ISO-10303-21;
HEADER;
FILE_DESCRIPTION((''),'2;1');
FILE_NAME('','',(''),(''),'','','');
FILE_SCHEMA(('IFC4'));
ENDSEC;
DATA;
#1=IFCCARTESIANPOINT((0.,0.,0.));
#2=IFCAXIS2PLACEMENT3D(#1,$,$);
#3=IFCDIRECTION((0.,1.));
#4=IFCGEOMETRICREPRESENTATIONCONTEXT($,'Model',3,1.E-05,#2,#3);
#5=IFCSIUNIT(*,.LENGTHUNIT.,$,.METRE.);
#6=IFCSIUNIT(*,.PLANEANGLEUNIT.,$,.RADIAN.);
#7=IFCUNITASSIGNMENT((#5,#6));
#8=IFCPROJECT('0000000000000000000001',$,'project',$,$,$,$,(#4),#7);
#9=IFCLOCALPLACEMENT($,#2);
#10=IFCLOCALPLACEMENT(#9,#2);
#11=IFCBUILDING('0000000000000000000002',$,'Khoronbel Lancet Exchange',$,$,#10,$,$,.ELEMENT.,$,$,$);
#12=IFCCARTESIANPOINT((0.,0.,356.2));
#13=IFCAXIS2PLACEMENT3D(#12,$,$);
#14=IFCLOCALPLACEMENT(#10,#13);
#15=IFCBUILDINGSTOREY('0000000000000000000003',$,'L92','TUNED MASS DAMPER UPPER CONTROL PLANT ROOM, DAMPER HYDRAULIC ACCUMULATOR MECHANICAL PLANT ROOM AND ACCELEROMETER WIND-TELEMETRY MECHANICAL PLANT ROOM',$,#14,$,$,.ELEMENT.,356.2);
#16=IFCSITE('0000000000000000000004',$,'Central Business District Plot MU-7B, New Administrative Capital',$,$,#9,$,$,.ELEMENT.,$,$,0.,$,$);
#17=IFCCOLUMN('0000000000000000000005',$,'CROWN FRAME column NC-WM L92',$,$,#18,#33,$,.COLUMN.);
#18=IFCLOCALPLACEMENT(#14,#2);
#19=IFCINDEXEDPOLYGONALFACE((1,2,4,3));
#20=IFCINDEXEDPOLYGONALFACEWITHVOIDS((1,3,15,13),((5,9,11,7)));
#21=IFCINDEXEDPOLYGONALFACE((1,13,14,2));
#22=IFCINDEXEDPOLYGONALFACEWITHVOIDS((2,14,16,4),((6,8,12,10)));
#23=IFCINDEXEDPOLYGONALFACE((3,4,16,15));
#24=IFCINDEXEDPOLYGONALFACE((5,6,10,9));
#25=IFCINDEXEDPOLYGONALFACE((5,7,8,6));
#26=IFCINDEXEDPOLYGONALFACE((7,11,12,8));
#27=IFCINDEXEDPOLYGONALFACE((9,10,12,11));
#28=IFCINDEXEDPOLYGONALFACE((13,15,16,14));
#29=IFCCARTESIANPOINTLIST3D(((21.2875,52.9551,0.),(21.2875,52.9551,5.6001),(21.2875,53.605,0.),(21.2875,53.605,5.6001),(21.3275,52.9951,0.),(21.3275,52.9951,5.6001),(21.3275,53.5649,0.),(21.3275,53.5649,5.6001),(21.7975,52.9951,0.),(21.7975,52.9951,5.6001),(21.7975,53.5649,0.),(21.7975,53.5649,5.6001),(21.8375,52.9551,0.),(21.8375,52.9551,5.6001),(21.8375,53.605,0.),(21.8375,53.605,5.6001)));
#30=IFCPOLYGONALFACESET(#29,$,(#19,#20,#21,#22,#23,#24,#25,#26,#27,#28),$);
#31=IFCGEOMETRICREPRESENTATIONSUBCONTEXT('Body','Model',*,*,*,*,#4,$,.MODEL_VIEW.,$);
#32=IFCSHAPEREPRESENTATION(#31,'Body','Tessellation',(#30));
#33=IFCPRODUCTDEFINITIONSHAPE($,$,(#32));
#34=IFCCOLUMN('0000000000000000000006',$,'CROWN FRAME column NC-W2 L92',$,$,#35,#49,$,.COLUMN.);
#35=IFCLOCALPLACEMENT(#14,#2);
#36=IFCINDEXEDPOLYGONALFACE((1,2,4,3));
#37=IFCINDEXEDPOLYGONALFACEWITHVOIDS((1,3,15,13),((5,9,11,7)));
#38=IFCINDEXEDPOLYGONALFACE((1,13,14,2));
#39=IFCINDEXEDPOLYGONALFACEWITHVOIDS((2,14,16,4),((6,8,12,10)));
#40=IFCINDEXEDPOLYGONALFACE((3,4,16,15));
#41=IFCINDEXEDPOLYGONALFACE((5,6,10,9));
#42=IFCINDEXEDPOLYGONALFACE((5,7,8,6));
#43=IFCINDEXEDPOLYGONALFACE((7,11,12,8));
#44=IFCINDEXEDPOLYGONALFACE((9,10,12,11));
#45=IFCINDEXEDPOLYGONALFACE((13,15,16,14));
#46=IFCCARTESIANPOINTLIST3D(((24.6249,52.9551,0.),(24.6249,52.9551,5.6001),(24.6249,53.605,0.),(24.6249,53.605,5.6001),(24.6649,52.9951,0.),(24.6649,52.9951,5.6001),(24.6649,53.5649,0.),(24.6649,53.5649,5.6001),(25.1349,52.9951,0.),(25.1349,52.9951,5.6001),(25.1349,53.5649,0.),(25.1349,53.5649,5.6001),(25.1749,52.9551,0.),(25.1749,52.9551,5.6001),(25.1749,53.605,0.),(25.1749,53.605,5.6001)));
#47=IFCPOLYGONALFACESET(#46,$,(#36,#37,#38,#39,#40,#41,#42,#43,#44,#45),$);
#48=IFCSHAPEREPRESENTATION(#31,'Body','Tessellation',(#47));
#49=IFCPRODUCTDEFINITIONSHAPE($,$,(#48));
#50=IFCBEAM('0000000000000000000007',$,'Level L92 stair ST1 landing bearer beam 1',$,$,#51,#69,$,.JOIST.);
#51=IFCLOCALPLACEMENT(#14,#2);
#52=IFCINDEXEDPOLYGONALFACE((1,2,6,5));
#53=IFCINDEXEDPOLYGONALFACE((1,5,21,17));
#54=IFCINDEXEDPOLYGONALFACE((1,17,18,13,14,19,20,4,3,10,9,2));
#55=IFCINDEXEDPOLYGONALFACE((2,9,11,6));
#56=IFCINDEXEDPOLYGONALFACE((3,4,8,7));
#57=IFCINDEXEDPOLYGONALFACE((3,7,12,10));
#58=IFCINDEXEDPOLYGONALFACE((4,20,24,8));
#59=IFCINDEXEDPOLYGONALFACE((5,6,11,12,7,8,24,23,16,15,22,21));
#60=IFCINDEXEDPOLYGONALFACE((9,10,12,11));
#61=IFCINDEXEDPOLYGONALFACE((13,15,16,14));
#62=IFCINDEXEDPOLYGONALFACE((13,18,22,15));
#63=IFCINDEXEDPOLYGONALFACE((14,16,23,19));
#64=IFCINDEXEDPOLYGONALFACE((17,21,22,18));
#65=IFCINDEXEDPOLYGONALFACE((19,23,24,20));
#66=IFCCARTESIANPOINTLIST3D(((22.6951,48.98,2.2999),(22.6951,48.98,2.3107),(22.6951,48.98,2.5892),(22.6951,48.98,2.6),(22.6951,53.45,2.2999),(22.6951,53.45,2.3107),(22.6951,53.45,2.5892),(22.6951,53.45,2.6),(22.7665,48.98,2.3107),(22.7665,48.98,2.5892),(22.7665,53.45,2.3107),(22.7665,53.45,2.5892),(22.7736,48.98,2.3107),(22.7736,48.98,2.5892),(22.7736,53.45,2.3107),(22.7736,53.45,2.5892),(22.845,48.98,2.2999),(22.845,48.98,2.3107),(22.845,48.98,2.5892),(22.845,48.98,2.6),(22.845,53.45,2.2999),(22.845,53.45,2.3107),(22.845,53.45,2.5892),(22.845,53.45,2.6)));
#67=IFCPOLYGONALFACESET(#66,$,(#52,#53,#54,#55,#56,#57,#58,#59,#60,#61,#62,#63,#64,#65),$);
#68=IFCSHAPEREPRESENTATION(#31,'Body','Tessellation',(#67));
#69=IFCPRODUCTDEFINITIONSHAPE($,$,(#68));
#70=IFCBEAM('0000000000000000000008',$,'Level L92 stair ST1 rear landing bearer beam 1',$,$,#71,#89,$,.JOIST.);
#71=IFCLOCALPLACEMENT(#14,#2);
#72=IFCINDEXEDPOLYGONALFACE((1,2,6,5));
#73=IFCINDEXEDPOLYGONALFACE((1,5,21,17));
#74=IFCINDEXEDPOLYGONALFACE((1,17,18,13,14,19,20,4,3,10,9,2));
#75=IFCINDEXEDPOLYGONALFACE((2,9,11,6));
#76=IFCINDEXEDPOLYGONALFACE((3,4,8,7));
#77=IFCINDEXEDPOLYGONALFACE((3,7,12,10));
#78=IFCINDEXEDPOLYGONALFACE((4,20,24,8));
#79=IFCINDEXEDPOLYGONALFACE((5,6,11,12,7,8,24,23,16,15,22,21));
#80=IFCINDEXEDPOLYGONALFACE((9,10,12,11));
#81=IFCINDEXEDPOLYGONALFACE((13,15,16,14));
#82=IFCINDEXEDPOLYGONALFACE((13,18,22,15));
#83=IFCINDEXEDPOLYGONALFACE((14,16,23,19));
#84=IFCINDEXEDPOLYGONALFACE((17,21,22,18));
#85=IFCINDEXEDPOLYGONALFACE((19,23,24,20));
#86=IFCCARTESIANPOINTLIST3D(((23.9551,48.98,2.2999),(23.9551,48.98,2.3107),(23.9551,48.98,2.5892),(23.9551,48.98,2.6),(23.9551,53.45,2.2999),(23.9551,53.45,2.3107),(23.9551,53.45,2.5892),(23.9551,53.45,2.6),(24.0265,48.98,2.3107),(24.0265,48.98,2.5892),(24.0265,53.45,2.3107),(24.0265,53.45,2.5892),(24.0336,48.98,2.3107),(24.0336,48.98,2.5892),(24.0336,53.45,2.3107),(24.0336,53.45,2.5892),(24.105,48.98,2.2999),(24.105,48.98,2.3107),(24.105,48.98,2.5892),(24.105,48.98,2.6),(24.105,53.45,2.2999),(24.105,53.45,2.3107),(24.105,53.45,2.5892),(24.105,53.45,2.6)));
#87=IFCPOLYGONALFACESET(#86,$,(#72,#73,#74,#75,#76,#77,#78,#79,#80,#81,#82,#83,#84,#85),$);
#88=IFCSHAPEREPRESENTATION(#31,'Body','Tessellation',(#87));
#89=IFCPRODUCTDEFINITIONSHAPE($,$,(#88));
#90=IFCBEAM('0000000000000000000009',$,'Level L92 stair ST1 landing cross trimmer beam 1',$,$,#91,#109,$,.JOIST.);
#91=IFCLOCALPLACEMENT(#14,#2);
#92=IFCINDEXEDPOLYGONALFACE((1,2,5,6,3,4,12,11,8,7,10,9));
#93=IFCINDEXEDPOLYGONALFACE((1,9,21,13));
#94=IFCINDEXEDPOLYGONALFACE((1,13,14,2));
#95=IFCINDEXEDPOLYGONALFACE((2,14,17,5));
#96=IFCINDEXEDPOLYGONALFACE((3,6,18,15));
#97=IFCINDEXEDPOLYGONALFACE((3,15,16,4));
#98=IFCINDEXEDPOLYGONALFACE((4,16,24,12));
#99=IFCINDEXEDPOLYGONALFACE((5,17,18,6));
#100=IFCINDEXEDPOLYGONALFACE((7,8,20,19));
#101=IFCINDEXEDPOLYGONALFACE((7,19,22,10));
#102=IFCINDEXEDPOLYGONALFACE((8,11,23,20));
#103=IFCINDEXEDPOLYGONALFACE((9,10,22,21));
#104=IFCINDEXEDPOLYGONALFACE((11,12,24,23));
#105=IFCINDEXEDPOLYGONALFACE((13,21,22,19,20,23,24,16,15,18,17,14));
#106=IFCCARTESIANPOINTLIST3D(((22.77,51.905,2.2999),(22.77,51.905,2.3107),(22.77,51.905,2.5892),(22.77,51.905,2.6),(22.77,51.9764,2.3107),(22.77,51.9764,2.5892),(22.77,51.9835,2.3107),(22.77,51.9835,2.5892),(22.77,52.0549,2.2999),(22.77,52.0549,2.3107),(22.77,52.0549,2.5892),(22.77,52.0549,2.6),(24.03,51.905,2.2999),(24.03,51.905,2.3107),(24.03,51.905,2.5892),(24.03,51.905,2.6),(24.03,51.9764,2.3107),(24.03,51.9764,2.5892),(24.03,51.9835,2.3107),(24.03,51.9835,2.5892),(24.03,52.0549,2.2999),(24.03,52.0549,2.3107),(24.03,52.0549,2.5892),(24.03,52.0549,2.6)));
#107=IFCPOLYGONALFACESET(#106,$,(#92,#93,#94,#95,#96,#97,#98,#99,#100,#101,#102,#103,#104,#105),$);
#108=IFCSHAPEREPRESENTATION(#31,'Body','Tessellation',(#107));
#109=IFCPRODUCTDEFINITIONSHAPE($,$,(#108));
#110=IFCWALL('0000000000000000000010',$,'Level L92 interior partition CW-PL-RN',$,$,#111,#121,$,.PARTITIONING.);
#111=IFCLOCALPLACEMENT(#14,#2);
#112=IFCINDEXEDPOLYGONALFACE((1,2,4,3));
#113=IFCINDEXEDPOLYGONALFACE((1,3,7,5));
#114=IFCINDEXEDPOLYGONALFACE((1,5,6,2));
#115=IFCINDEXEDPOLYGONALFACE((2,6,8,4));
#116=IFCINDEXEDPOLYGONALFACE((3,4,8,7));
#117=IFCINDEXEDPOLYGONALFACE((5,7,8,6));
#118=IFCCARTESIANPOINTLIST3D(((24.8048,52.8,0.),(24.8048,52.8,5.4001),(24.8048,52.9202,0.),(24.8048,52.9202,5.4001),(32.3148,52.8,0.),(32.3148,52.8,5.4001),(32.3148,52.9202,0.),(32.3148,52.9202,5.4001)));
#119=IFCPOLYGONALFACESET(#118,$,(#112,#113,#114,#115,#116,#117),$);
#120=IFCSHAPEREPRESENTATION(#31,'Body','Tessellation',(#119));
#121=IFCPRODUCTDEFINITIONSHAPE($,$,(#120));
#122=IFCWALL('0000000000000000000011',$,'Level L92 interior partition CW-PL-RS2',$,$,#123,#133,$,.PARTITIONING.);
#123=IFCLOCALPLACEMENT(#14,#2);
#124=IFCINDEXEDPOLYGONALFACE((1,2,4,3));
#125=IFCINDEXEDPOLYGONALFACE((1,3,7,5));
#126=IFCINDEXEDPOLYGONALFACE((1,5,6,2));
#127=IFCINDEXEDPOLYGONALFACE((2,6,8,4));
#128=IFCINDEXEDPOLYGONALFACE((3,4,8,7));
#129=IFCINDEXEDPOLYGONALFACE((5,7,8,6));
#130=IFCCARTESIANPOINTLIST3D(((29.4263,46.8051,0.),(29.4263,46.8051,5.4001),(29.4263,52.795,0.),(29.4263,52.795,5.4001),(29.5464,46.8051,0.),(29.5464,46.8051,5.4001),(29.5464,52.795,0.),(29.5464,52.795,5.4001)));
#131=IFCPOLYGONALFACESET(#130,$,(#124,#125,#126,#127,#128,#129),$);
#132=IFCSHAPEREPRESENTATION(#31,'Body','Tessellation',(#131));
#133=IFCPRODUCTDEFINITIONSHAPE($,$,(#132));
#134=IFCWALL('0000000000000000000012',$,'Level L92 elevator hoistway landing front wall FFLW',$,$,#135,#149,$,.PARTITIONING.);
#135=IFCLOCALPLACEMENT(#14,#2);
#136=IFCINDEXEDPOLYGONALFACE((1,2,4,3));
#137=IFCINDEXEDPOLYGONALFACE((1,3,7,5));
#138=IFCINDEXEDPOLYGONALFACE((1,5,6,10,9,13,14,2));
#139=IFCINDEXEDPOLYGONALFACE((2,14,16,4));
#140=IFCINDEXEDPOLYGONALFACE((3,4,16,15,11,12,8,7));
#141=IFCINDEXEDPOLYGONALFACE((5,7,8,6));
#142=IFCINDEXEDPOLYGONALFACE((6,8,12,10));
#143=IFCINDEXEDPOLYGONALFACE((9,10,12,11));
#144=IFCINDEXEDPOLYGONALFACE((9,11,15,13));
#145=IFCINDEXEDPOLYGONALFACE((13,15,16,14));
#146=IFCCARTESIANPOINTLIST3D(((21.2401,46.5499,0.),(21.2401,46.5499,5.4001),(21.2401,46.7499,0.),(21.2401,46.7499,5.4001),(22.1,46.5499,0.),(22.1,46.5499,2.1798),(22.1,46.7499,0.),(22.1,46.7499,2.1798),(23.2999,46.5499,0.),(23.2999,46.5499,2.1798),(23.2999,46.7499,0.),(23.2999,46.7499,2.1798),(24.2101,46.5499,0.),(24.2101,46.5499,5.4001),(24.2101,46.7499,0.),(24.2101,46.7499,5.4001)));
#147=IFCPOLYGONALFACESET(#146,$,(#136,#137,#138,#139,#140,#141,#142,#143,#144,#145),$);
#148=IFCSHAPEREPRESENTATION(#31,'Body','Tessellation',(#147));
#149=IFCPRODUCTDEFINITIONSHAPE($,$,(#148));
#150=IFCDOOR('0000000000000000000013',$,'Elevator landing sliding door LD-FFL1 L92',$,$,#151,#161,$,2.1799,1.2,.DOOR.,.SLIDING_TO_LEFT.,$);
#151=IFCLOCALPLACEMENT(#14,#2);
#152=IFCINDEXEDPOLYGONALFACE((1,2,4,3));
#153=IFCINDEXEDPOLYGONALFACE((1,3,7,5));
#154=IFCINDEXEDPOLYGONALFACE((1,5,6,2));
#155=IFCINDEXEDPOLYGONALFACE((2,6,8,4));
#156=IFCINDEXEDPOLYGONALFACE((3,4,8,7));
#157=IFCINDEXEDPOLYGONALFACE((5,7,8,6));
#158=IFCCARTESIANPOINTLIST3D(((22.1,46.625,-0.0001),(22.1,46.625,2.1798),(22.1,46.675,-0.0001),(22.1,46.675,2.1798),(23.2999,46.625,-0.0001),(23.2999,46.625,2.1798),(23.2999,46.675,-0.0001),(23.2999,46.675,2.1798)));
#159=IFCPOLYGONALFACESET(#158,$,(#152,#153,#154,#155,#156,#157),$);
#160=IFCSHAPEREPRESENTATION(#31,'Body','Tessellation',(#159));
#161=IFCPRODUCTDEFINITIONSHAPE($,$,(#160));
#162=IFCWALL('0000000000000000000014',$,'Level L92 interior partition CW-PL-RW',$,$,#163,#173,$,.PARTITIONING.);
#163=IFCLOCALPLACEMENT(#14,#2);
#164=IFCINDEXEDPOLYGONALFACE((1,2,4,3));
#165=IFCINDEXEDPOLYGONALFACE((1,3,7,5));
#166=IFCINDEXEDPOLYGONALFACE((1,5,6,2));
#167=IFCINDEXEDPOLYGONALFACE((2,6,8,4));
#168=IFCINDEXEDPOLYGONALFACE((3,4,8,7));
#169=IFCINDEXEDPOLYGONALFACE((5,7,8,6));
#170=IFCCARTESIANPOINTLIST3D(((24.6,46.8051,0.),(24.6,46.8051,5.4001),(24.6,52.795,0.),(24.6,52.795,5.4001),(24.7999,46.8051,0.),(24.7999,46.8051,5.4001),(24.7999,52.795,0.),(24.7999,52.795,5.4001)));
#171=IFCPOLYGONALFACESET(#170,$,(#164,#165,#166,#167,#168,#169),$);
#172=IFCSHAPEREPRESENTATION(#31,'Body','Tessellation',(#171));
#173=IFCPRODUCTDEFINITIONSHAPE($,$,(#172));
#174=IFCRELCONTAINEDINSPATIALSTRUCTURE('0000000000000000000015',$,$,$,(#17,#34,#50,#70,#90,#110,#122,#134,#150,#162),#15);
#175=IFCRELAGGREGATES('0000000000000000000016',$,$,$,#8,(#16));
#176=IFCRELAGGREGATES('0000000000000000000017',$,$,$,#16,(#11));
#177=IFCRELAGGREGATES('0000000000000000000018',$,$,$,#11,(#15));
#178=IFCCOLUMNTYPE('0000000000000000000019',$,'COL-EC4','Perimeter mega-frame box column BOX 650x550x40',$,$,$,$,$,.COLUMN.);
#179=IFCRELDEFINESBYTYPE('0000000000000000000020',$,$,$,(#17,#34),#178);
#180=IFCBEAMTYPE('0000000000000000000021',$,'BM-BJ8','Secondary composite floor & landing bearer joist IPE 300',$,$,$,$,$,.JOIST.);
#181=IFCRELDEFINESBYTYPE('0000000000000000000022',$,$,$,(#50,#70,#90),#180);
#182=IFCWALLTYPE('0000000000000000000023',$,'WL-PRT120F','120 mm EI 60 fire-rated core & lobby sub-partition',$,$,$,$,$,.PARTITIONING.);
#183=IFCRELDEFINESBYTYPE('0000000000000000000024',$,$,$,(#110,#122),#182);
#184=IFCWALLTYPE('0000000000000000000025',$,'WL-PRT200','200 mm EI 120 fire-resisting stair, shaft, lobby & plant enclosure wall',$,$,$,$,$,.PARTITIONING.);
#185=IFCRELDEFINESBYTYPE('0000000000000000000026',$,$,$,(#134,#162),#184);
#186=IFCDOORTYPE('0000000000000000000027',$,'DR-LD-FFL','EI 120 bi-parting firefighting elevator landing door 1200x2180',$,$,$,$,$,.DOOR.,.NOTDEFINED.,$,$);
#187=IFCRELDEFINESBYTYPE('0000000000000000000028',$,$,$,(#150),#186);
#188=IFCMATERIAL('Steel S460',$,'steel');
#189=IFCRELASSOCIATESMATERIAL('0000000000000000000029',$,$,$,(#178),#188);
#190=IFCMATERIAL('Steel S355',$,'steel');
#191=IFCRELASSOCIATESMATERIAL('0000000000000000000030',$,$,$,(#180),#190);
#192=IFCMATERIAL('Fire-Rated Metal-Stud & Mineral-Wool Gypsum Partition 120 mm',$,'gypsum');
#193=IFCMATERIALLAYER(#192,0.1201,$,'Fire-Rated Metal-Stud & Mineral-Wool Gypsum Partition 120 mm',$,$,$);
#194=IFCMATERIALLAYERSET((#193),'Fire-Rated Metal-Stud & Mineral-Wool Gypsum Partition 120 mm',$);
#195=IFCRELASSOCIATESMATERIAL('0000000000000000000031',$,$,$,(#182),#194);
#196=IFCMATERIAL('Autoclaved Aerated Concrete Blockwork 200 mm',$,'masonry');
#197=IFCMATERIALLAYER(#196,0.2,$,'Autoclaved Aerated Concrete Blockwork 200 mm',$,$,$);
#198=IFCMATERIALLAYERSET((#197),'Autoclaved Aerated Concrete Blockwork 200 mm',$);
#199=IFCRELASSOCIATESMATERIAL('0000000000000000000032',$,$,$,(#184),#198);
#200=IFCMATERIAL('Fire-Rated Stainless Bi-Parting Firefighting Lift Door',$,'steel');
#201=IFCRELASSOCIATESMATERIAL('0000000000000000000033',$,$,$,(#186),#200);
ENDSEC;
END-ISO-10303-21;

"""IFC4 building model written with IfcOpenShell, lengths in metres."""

from ifc_helpers import new_model, si_unit, direction, frame, frame_2d, origin, origin_2d, place, context, subcontext, project, spatial, rectangle, hollow_rectangle, i_section, extrude, material, layer, layer_set, material_profile, profile_set, type_object, element, fill, save


model = new_model("IFC4")

# Units and contexts
model_context = context("Model", 3, precision=1e-05, world=origin(), true_north=direction((0.0, 1.0)))
body_context = subcontext(model_context, "Body", "Model", "MODEL_VIEW")
ifc_project = project(units=[si_unit("LENGTHUNIT", "METRE"), si_unit("PLANEANGLEUNIT", "RADIAN")], contexts=[model_context])

# Site, building, storey
site_placement = place(None, origin())
site = spatial("IfcSite", under=ifc_project, at=site_placement, Name="Central Business District Plot MU-7B, New Administrative Capital", CompositionType="ELEMENT", RefElevation=0.0)
building_placement = place(site_placement, origin())
building = spatial("IfcBuilding", under=site, at=building_placement, Name="Khoronbel Lancet Exchange", CompositionType="ELEMENT")
storey_placement = place(building_placement, frame((0.0, 0.0, 356.2)))
storey = spatial("IfcBuildingStorey", under=building, at=storey_placement, Name="L92", Description="TUNED MASS DAMPER UPPER CONTROL PLANT ROOM, DAMPER HYDRAULIC ACCUMULATOR MECHANICAL PLANT ROOM AND ACCELEROMETER WIND-TELEMETRY MECHANICAL PLANT ROOM", CompositionType="ELEMENT", Elevation=356.2)

# Columns
ifc_material_1 = material(Name="Steel S460", Category="steel")
ifc_material_profile_1 = material_profile(ifc_material_1, hollow_rectangle(XDim=0.55, YDim=0.6499, WallThickness=0.04, at=origin_2d()), Name="BOX 650x550x40")
ifc_profile_set_1 = profile_set([ifc_material_profile_1], Name="Steel S460")
column_type = type_object("IfcColumnType", Name="COL-EC4", Description="Perimeter mega-frame box column BOX 650x550x40", PredefinedType="COLUMN", material=ifc_profile_set_1)
for number, where, z_axis, x_axis, name in (
    (1, (21.5625, 53.28, 0.0), (0.0, 0.0, 1.0), (1.0, 0.0, 0.0), "CROWN FRAME column NC-WM L92"),
    (2, (24.8999, 53.28, 0.0), (0.0, 0.0, 1.0), (1.0, 0.0, 0.0), "CROWN FRAME column NC-W2 L92"),
):
    element("IfcColumn", number, at=place(storey_placement, frame(where, z_axis=z_axis, x_axis=x_axis)), inside=storey, type_object=column_type, Name=name, PredefinedType="COLUMN", context=body_context, shape_type="SweptSolid", body=[
        extrude(hollow_rectangle(XDim=0.55, YDim=0.6499, WallThickness=0.04, at=origin_2d()), origin(), (0.0, 0.0, 1.0), 5.6001),
    ])

# Beams
ifc_material_2 = material(Name="Steel S355", Category="steel")
ifc_material_profile_2 = material_profile(ifc_material_2, i_section(OverallWidth=0.1499, OverallDepth=0.3, WebThickness=0.0071, FlangeThickness=0.0107, at=origin_2d()), Name="IPE 300")
ifc_profile_set_2 = profile_set([ifc_material_profile_2], Name="Steel S355")
beam_type = type_object("IfcBeamType", Name="BM-BJ8", Description="Secondary composite floor & landing bearer joist IPE 300", PredefinedType="JOIST", material=ifc_profile_set_2)
for number, where, z_axis, x_axis, name in (
    (3, (22.77, 48.98, 2.45), (0.0, 1.0, 0.0), (-1.0, 0.0, 0.0), "Level L92 stair ST1 landing bearer beam 1"),
    (4, (24.03, 48.98, 2.45), (0.0, 1.0, 0.0), (-1.0, 0.0, 0.0), "Level L92 stair ST1 rear landing bearer beam 1"),
):
    element("IfcBeam", number, at=place(storey_placement, frame(where, z_axis=z_axis, x_axis=x_axis)), inside=storey, type_object=beam_type, Name=name, PredefinedType="JOIST", context=body_context, shape_type="SweptSolid", body=[
        extrude(i_section(OverallWidth=0.1499, OverallDepth=0.3, WebThickness=0.0071, FlangeThickness=0.0107, at=origin_2d()), origin(), (0.0, 0.0, 1.0), 4.47),
    ])
beam_placement = place(storey_placement, frame((22.77, 51.98, 2.45), z_axis=(1.0, 0.0, 0.0), x_axis=(0.0, 1.0, 0.0)))
element("IfcBeam", 5, at=beam_placement, inside=storey, type_object=beam_type, Name="Level L92 stair ST1 landing cross trimmer beam 1", PredefinedType="JOIST", context=body_context, shape_type="SweptSolid", body=[
    extrude(i_section(OverallWidth=0.1499, OverallDepth=0.3, WebThickness=0.0071, FlangeThickness=0.0107, at=origin_2d()), origin(), (0.0, 0.0, 1.0), 1.26),
])

# Walls
ifc_material_3 = material(Name="Fire-Rated Metal-Stud & Mineral-Wool Gypsum Partition 120 mm", Category="gypsum")
ifc_layer_1 = layer(ifc_material_3, 0.1201, Name="Fire-Rated Metal-Stud & Mineral-Wool Gypsum Partition 120 mm")
ifc_layer_set_1 = layer_set([ifc_layer_1], Name="Fire-Rated Metal-Stud & Mineral-Wool Gypsum Partition 120 mm")
wall_type_1 = type_object("IfcWallType", Name="WL-PRT120F", Description="120 mm EI 60 fire-rated core & lobby sub-partition", PredefinedType="PARTITIONING", material=ifc_layer_set_1)
wall_1_placement = place(storey_placement, frame((24.8049, 52.8601, 0.0), z_axis=(0.0, 0.0, 1.0), x_axis=(1.0, 0.0, 0.0)))
element("IfcWall", 6, at=wall_1_placement, inside=storey, type_object=wall_type_1, Name="Level L92 interior partition CW-PL-RN", PredefinedType="PARTITIONING", context=body_context, shape_type="SweptSolid", body=[
    extrude(rectangle(XDim=7.51, YDim=0.1201, at=frame_2d((3.7549, 0.0))), origin(), (0.0, 0.0, 1.0), 5.4001),
])
wall_2_placement = place(storey_placement, frame((29.4863, 46.8049, 0.0), z_axis=(0.0, 0.0, 1.0), x_axis=(0.0, 1.0, 0.0)))
element("IfcWall", 7, at=wall_2_placement, inside=storey, type_object=wall_type_1, Name="Level L92 interior partition CW-PL-RS2", PredefinedType="PARTITIONING", context=body_context, shape_type="SweptSolid", body=[
    extrude(rectangle(XDim=5.99, YDim=0.1201, at=frame_2d((2.9951, 0.0))), origin(), (0.0, 0.0, 1.0), 5.4001),
])

# Wall, opening, door
ifc_material_4 = material(Name="Autoclaved Aerated Concrete Blockwork 200 mm", Category="masonry")
ifc_layer_2 = layer(ifc_material_4, 0.2, Name="Autoclaved Aerated Concrete Blockwork 200 mm")
ifc_layer_set_2 = layer_set([ifc_layer_2], Name="Autoclaved Aerated Concrete Blockwork 200 mm")
wall_type_2 = type_object("IfcWallType", Name="WL-PRT200", Description="200 mm EI 120 fire-resisting stair, shaft, lobby & plant enclosure wall", PredefinedType="PARTITIONING", material=ifc_layer_set_2)
wall_3_placement = place(storey_placement, frame((24.21, 46.6499, 0.0), z_axis=(0.0, 0.0, 1.0), x_axis=(-1.0, 0.0, 0.0)))
wall_3 = element("IfcWall", 8, at=wall_3_placement, inside=storey, type_object=wall_type_2, Name="Level L92 elevator hoistway landing front wall FFLW", PredefinedType="PARTITIONING", context=body_context, shape_type="SweptSolid", body=[
    extrude(rectangle(XDim=2.97, YDim=0.2, at=frame_2d((1.4849, 0.0))), origin(), (0.0, 0.0, 1.0), 5.4001),
])
opening_1_placement = place(wall_3_placement, frame((0.9099, 0.0, 0.0)))
opening_1 = element("IfcOpeningElement", 9, at=opening_1_placement, cuts=wall_3, PredefinedType="OPENING", context=body_context, shape_type="SweptSolid", body=[
    extrude(rectangle(XDim=1.2, YDim=2.1799, at=frame_2d((0.6001, 1.0898))), frame((0.0, 0.1099, 0.0), z_axis=(0.0, -1.0, 0.0), x_axis=(1.0, 0.0, 0.0)), (0.0, 0.0, 1.0), 0.22),
])
ifc_material_5 = material(Name="Fire-Rated Stainless Bi-Parting Firefighting Lift Door", Category="steel")
door_type_1 = type_object("IfcDoorType", Name="DR-LD-FFL", Description="EI 120 bi-parting firefighting elevator landing door 1200x2180", OperationType="NOTDEFINED", PredefinedType="DOOR", material=ifc_material_5)
door_1_placement = place(opening_1_placement, origin())
door_1 = element("IfcDoor", 10, at=door_1_placement, inside=storey, type_object=door_type_1, Name="Elevator landing sliding door LD-FFL1 L92", OperationType="SLIDING_TO_LEFT", OverallHeight=2.1799, OverallWidth=1.2, PredefinedType="DOOR", context=body_context, shape_type="SweptSolid", body=[
    extrude(rectangle(XDim=1.2, YDim=2.1799, at=frame_2d((0.6001, 1.0898))), frame((0.0, 0.0249, 0.0), z_axis=(0.0, -1.0, 0.0), x_axis=(1.0, 0.0, 0.0)), (0.0, 0.0, 1.0), 0.05),
])
fill(opening_1, door_1)

# Wall
wall_4_placement = place(storey_placement, frame((24.7, 46.8049, 0.0), z_axis=(0.0, 0.0, 1.0), x_axis=(0.0, 1.0, 0.0)))
element("IfcWall", 11, at=wall_4_placement, inside=storey, type_object=wall_type_2, Name="Level L92 interior partition CW-PL-RW", PredefinedType="PARTITIONING", context=body_context, shape_type="SweptSolid", body=[
    extrude(rectangle(XDim=5.99, YDim=0.2, at=frame_2d((2.9951, 0.0))), origin(), (0.0, 0.0, 1.0), 5.4001),
])

save(model, "model.ifc")
